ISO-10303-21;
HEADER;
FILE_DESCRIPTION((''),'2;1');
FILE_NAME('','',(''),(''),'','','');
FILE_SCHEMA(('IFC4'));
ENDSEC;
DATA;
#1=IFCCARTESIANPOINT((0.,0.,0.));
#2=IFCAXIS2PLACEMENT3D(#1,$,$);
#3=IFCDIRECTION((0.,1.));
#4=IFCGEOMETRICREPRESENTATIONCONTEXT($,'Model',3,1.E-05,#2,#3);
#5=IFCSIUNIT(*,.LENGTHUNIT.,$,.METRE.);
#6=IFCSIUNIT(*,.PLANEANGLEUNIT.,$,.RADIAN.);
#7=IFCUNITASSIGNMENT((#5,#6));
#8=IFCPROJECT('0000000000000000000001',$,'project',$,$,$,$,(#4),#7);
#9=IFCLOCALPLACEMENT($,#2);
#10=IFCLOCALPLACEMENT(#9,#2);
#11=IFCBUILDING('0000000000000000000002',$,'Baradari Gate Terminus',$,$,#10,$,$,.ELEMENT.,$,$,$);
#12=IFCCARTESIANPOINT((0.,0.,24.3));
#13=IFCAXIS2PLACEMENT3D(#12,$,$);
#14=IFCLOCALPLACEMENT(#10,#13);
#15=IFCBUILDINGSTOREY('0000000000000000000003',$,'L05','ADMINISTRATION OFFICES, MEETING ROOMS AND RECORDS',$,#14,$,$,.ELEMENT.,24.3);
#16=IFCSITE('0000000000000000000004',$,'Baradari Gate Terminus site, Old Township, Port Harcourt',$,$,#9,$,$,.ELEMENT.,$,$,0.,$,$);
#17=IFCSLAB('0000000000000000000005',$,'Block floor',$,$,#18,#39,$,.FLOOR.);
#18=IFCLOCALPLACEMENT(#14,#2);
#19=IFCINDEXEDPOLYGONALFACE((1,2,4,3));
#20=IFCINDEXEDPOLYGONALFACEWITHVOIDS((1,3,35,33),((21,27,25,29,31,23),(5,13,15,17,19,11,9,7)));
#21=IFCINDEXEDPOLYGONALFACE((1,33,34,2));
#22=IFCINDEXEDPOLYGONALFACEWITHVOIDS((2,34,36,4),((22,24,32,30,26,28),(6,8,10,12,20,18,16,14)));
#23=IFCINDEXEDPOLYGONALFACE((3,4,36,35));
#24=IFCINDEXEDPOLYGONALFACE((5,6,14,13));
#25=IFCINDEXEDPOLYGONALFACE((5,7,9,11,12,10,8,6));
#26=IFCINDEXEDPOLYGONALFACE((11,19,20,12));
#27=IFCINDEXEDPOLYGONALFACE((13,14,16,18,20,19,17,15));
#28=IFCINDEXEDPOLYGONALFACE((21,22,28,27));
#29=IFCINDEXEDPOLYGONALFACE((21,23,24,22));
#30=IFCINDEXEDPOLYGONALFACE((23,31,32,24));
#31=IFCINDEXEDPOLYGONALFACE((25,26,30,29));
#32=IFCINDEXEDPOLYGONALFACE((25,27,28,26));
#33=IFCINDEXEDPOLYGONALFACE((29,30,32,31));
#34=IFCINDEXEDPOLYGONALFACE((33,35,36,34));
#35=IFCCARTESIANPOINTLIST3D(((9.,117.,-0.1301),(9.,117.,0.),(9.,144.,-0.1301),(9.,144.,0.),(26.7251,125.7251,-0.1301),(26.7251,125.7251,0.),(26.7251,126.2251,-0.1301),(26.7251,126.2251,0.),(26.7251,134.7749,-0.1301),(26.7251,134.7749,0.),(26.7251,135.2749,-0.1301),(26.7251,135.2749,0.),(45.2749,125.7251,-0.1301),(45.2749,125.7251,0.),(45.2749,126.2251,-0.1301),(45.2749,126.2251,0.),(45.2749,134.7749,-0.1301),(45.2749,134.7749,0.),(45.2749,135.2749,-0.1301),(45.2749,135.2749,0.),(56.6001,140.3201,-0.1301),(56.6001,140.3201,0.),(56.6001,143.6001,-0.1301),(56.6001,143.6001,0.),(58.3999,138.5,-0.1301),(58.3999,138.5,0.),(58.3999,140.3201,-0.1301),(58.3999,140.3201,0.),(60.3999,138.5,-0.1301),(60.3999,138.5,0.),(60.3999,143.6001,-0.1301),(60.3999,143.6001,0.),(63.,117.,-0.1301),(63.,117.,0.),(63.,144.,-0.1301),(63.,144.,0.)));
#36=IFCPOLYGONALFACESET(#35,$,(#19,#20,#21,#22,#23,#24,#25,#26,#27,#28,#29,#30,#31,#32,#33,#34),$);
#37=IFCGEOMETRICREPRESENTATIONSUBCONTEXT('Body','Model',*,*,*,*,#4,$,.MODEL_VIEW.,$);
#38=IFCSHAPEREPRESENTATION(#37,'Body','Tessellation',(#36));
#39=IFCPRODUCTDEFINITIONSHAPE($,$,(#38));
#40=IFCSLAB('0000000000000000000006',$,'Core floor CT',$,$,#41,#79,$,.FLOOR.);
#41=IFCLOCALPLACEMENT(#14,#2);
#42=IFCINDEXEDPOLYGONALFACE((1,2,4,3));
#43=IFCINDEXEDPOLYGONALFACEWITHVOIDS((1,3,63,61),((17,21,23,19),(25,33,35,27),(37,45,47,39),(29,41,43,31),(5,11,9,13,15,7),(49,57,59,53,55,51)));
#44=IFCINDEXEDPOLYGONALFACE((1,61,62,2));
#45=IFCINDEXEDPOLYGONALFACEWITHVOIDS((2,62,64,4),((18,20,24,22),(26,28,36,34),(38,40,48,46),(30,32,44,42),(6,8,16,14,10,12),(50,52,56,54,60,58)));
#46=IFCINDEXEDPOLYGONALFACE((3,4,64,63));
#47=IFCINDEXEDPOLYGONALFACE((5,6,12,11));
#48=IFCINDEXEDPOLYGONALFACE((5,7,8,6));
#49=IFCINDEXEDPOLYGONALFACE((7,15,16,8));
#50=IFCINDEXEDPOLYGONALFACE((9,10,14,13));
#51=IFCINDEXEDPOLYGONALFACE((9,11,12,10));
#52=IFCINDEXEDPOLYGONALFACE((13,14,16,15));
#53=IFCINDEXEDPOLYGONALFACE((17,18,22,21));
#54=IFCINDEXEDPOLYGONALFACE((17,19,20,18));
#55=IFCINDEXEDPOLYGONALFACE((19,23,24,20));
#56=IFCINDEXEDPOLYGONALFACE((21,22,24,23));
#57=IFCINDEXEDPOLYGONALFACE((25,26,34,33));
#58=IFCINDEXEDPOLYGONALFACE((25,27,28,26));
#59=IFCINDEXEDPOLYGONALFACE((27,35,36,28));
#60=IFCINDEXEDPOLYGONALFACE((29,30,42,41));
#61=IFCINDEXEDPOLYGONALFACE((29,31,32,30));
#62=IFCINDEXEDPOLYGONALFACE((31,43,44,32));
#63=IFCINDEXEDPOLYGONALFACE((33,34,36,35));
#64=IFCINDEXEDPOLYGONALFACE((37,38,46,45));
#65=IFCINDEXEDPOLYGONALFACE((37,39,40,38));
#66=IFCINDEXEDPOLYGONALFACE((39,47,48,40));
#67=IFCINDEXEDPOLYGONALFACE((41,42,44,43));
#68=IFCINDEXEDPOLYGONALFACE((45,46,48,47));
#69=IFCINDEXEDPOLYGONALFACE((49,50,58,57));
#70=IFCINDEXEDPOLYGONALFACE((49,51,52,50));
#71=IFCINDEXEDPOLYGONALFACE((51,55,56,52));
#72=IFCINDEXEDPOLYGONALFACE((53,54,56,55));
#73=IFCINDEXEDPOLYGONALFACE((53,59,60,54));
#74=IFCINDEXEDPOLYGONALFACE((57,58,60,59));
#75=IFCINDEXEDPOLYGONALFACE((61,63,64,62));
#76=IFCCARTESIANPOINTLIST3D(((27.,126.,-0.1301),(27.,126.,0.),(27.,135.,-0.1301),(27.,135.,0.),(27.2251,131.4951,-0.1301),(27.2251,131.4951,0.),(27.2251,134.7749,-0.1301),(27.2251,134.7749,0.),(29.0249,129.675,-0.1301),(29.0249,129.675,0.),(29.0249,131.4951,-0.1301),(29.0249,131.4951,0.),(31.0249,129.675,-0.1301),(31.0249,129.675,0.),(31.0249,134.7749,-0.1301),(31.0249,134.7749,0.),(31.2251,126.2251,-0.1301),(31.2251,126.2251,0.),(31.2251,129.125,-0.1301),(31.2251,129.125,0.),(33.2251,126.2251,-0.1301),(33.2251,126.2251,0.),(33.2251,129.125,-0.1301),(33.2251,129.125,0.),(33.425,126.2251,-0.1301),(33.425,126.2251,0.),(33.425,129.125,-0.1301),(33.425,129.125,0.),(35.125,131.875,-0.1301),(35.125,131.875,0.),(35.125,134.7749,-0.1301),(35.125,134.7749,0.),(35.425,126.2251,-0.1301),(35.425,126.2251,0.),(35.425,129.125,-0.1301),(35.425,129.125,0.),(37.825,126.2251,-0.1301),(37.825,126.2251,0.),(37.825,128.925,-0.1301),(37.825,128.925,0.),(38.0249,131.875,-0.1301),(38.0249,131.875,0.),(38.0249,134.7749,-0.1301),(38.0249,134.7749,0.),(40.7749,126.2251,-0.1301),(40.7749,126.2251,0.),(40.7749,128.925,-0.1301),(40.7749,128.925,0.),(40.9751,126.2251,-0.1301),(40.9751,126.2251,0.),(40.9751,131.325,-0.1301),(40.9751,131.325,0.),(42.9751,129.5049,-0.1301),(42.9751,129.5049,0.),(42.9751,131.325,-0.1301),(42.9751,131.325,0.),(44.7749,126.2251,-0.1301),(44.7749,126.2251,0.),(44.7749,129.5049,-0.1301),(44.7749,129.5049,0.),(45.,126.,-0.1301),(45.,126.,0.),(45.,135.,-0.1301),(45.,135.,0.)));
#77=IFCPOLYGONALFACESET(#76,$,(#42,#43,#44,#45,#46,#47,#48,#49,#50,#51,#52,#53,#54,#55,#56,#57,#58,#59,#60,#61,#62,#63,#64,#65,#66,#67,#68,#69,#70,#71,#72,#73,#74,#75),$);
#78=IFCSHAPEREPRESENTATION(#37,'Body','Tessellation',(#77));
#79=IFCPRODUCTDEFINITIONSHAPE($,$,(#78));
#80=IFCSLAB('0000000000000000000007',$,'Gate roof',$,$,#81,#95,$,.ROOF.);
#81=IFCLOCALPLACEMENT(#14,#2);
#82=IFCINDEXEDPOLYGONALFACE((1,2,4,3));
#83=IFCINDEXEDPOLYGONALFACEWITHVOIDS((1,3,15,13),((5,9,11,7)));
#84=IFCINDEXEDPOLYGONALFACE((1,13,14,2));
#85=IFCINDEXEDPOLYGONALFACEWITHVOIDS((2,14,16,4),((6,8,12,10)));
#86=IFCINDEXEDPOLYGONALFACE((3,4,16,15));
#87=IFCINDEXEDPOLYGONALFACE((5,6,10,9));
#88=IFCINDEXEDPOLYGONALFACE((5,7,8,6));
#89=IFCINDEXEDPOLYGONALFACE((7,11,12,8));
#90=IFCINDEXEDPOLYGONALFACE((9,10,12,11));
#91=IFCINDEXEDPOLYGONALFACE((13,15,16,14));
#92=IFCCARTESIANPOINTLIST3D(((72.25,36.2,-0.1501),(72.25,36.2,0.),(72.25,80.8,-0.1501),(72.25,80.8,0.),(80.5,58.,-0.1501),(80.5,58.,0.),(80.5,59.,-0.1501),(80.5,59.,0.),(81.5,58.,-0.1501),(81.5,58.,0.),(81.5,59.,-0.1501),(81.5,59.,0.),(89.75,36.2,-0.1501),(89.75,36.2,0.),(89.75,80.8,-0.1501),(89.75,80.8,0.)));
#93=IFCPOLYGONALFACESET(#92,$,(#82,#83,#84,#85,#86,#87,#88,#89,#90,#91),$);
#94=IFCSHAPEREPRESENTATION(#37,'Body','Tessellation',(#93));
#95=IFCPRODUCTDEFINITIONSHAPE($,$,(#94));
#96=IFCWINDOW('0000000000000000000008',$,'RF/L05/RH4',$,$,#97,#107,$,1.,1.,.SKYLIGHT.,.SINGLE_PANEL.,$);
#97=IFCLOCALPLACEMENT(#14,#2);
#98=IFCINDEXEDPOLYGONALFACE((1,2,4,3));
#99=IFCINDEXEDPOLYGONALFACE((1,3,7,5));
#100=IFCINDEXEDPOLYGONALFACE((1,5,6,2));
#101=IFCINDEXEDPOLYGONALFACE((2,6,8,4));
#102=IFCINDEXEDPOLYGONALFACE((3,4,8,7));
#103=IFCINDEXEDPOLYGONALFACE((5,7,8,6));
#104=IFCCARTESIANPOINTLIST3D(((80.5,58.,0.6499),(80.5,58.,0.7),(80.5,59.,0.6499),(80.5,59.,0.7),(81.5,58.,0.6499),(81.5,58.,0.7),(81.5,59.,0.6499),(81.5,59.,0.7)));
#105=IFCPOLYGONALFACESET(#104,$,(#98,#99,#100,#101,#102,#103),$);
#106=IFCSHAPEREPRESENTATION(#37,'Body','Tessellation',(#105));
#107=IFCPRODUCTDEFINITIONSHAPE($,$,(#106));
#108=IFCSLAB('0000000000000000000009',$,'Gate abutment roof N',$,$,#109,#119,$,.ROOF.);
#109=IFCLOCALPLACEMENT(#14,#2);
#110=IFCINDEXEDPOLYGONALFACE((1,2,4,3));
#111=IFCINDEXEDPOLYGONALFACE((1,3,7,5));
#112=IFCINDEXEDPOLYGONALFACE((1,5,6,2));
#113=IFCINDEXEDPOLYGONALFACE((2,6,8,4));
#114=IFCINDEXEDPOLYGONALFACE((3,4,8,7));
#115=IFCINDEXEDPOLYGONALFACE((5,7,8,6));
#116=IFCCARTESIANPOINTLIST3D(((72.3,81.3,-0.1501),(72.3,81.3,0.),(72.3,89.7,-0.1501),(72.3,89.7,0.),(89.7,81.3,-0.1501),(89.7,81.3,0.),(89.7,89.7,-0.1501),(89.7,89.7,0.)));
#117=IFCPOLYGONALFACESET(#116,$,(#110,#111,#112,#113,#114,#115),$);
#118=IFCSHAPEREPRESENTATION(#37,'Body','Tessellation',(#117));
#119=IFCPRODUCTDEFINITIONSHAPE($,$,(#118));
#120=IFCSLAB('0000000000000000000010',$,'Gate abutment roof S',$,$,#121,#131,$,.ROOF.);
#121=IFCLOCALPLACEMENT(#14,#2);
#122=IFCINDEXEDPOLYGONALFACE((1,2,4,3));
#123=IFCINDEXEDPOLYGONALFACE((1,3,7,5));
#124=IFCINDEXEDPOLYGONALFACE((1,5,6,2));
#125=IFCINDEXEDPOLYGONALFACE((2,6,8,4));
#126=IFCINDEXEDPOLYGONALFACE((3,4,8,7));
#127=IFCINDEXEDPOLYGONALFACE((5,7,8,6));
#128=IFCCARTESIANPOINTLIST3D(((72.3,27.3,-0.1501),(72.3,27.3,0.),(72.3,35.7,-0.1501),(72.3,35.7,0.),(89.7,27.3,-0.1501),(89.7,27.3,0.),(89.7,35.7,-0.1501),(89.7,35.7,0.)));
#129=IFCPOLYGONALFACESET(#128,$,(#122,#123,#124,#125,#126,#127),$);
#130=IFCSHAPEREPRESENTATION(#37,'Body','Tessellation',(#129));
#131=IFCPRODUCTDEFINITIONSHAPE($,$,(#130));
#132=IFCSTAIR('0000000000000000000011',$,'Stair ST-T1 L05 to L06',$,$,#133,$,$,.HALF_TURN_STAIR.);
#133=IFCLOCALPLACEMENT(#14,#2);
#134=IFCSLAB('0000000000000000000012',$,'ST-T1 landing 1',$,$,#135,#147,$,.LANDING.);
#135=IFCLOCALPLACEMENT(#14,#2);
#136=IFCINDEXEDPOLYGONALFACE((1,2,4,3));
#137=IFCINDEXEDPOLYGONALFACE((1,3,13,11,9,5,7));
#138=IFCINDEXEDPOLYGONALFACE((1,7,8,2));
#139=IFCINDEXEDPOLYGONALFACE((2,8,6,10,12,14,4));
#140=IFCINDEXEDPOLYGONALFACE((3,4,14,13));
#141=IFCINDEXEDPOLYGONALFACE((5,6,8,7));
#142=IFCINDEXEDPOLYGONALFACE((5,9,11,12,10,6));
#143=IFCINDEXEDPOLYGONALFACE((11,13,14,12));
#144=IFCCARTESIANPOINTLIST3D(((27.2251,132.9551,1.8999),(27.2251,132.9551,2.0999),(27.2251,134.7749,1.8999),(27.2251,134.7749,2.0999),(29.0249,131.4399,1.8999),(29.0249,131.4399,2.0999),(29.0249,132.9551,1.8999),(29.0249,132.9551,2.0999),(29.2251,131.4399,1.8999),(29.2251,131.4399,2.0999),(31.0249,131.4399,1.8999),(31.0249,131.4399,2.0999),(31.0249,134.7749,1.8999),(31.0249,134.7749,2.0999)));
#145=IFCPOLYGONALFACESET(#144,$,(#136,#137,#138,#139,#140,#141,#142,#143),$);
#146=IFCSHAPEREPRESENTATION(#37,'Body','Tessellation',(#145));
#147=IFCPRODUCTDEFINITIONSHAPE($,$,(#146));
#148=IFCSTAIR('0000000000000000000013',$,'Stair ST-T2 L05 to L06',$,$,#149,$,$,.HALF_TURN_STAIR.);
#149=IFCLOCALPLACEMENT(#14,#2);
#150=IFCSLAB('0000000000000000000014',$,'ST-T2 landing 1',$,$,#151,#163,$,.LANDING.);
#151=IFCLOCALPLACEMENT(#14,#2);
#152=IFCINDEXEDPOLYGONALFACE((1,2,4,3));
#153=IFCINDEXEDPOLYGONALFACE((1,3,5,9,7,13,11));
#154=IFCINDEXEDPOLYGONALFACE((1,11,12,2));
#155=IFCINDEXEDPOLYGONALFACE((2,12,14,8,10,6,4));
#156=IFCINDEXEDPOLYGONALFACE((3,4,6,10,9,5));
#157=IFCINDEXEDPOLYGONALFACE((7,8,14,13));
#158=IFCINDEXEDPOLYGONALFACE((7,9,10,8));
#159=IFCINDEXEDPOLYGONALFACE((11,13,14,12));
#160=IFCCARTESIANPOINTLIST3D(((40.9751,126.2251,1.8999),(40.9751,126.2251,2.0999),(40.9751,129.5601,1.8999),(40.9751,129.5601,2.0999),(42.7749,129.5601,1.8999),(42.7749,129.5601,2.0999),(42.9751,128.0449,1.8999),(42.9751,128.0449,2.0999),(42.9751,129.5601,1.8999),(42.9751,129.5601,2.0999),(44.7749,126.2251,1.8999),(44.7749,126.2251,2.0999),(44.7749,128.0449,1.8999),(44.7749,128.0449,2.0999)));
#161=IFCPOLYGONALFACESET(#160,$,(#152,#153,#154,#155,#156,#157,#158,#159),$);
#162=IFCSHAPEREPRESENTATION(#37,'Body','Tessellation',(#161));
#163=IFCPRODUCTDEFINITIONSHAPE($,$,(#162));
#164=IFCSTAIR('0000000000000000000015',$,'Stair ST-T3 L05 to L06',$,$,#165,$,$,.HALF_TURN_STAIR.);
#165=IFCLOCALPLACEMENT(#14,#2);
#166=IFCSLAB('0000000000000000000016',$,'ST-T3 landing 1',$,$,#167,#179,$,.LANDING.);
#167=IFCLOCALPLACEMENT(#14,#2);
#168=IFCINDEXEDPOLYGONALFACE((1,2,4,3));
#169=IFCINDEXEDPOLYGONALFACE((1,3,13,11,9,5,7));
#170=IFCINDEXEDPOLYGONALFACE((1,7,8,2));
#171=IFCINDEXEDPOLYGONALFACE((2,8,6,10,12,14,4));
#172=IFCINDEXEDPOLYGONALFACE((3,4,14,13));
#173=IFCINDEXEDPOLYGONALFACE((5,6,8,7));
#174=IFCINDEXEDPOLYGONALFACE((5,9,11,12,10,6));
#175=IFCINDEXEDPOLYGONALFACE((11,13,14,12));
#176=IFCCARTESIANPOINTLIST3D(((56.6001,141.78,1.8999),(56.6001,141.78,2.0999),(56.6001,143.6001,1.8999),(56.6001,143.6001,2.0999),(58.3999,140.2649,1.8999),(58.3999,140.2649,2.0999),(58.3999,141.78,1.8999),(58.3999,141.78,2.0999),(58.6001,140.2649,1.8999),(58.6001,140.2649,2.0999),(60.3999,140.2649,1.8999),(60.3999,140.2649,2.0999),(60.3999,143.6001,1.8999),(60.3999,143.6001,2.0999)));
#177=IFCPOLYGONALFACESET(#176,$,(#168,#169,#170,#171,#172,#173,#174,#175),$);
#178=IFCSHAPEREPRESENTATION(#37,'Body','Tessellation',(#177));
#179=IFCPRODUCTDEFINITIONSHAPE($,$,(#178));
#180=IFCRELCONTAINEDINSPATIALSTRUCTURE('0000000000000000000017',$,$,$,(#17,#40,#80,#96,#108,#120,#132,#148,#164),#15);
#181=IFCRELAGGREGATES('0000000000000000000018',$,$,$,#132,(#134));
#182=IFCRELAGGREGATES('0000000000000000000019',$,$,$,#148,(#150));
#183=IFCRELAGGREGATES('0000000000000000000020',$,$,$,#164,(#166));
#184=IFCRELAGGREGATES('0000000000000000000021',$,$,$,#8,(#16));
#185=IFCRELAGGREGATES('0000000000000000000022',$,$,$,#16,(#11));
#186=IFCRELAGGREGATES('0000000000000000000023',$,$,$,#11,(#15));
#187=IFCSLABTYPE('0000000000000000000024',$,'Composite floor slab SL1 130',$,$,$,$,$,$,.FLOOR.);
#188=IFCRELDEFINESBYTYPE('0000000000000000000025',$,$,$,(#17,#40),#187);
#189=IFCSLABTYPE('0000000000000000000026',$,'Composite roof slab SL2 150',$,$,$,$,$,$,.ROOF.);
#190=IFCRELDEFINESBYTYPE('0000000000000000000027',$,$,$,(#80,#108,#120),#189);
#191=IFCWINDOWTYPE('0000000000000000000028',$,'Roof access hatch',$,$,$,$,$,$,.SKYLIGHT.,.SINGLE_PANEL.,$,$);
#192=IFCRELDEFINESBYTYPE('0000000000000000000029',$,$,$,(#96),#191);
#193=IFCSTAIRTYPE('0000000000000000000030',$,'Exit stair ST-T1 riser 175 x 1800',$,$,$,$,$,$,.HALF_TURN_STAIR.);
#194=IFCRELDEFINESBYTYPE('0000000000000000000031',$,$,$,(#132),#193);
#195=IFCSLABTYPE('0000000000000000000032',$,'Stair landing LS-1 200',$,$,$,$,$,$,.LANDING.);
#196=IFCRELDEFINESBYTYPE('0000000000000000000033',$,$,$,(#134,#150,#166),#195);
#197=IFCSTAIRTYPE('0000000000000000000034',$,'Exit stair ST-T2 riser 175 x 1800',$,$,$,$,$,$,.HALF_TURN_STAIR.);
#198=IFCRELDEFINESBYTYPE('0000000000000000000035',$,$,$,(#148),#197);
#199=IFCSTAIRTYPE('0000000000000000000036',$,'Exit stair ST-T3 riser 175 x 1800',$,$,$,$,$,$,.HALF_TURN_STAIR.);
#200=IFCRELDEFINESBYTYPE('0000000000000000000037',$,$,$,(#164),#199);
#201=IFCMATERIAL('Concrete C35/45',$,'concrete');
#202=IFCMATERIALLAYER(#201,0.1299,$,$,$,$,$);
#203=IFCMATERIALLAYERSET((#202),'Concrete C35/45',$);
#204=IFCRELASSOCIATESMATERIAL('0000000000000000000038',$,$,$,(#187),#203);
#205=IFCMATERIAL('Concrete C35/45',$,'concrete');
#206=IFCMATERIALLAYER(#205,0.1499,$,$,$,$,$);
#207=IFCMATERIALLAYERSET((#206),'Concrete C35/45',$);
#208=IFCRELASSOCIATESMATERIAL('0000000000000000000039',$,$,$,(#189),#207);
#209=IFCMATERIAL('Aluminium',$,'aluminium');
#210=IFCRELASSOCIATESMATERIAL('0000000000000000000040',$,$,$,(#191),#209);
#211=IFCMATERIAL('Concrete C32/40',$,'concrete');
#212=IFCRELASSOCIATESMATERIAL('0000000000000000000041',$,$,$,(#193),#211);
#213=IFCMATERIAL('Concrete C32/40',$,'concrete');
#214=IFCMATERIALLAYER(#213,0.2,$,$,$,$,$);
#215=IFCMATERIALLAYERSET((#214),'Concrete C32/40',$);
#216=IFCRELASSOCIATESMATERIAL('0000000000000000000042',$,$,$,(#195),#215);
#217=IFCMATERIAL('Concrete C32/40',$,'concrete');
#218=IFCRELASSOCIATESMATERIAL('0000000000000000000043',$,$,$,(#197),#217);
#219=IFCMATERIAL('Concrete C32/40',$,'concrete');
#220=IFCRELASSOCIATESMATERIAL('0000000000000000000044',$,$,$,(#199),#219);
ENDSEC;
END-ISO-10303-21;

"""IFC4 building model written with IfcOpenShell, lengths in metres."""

from ifc_helpers import new_model, si_unit, direction, frame, origin, origin_2d, place, context, subcontext, project, spatial, polyline, rectangle, outline, extrude, material, layer, layer_set, type_object, element, fill, aggregate, save


model = new_model("IFC4")

# Units and contexts
model_context = context("Model", 3, precision=1e-05, world=origin(), true_north=direction((0.0, 1.0)))
body_context = subcontext(model_context, "Body", "Model", "MODEL_VIEW")
ifc_project = project(units=[si_unit("LENGTHUNIT", "METRE"), si_unit("PLANEANGLEUNIT", "RADIAN")], contexts=[model_context])

# Site, building, storey
site_placement = place(None, origin())
site = spatial("IfcSite", under=ifc_project, at=site_placement, Name="Baradari Gate Terminus site, Old Township, Port Harcourt", CompositionType="ELEMENT", RefElevation=0.0)
building_placement = place(site_placement, origin())
building = spatial("IfcBuilding", under=site, at=building_placement, Name="Baradari Gate Terminus", CompositionType="ELEMENT")
storey_placement = place(building_placement, frame((0.0, 0.0, 24.3)))
storey = spatial("IfcBuildingStorey", under=building, at=storey_placement, Name="L05", Description="ADMINISTRATION OFFICES, MEETING ROOMS AND RECORDS", CompositionType="ELEMENT", Elevation=24.3)

# Slabs
ifc_material_1 = material(Name="Concrete C35/45", Category="concrete")
ifc_layer_1 = layer(ifc_material_1, 0.1299)
ifc_layer_set_1 = layer_set([ifc_layer_1], Name="Concrete C35/45")
slab_type_1 = type_object("IfcSlabType", Name="Composite floor slab SL1 130", PredefinedType="FLOOR", material=ifc_layer_set_1)
slab_1_placement = place(storey_placement, frame((0.0, 0.0, -0.1301)))
element("IfcSlab", 1, at=slab_1_placement, inside=storey, type_object=slab_type_1, Name="Block floor", PredefinedType="FLOOR", context=body_context, shape_type="SweptSolid", body=[
    extrude(outline(polyline([(63.0, 117.0), (63.0, 144.0), (9.0, 144.0), (9.0, 117.0), (63.0, 117.0)]), holes=[polyline([(56.6001, 143.6001), (56.6001, 140.3201), (58.3999, 140.3201), (58.3999, 138.5), (60.3999, 138.5), (60.3999, 143.6001), (56.6001, 143.6001)]), polyline([(26.7251, 125.7251), (45.2749, 125.7251), (45.2749, 126.2251), (45.2749, 134.7749), (45.2749, 135.2749), (26.7251, 135.2749), (26.7251, 134.7749), (26.7251, 126.2251), (26.7251, 125.7251)])]), origin(), (0.0, 0.0, 1.0), 0.1301),
])
slab_2_placement = place(storey_placement, frame((0.0, 0.0, -0.1301)))
element("IfcSlab", 2, at=slab_2_placement, inside=storey, type_object=slab_type_1, Name="Core floor CT", PredefinedType="FLOOR", context=body_context, shape_type="SweptSolid", body=[
    extrude(outline(polyline([(27.0, 135.0), (27.0, 126.0), (45.0, 126.0), (45.0, 135.0), (27.0, 135.0)]), holes=[polyline([(44.7749, 126.2251), (44.7749, 129.5049), (42.9751, 129.5049), (42.9751, 131.325), (40.9751, 131.325), (40.9751, 126.2251), (44.7749, 126.2251)]), polyline([(40.7749, 128.925), (37.825, 128.925), (37.825, 126.2251), (40.7749, 126.2251), (40.7749, 128.925)]), polyline([(38.0249, 131.875), (38.0249, 134.7749), (35.125, 134.7749), (35.125, 131.875), (38.0249, 131.875)]), polyline([(35.425, 129.125), (33.425, 129.125), (33.425, 126.2251), (35.425, 126.2251), (35.425, 129.125)]), polyline([(31.2251, 129.125), (31.2251, 126.2251), (33.2251, 126.2251), (33.2251, 129.125), (31.2251, 129.125)]), polyline([(27.2251, 134.7749), (27.2251, 131.4951), (29.0249, 131.4951), (29.0249, 129.675), (31.0249, 129.675), (31.0249, 134.7749), (27.2251, 134.7749)])]), origin(), (0.0, 0.0, 1.0), 0.1301),
])

# Slab, opening, window
ifc_material_2 = material(Name="Concrete C35/45", Category="concrete")
ifc_layer_2 = layer(ifc_material_2, 0.1499)
ifc_layer_set_2 = layer_set([ifc_layer_2], Name="Concrete C35/45")
slab_type_2 = type_object("IfcSlabType", Name="Composite roof slab SL2 150", PredefinedType="ROOF", material=ifc_layer_set_2)
slab_3_placement = place(storey_placement, frame((0.0, 0.0, -0.1501)))
slab_3 = element("IfcSlab", 3, at=slab_3_placement, inside=storey, type_object=slab_type_2, Name="Gate roof", PredefinedType="ROOF", context=body_context, shape_type="SweptSolid", body=[
    extrude(outline(polyline([(72.25, 80.8), (72.25, 36.2), (89.75, 36.2), (89.75, 80.8), (72.25, 80.8)])), origin(), (0.0, 0.0, 1.0), 0.1501),
])
opening_placement = place(slab_3_placement, frame((81.0, 58.5, 0.0)))
opening = element("IfcOpeningElement", 4, at=opening_placement, cuts=slab_3, PredefinedType="OPENING", context=body_context, shape_type="SweptSolid", body=[
    extrude(rectangle(XDim=1.0, YDim=1.0, at=origin_2d()), frame((0.0, 0.0, -0.01)), (0.0, 0.0, 1.0), 0.8701),
])
ifc_material_3 = material(Name="Aluminium", Category="aluminium")
window_type = type_object("IfcWindowType", Name="Roof access hatch", PartitioningType="SINGLE_PANEL", PredefinedType="SKYLIGHT", material=ifc_material_3)
window_placement = place(opening_placement, frame((0.0, 0.0, 0.8)))
window = element("IfcWindow", 5, at=window_placement, inside=storey, type_object=window_type, Name="RF/L05/RH4", OverallHeight=1.0, OverallWidth=1.0, PartitioningType="SINGLE_PANEL", PredefinedType="SKYLIGHT", context=body_context, shape_type="SweptSolid", body=[
    extrude(rectangle(XDim=1.0, YDim=1.0, at=origin_2d()), origin(), (0.0, 0.0, 1.0), 0.05),
])
fill(opening, window)

# Slabs
slab_4_placement = place(storey_placement, frame((0.0, 0.0, -0.1501)))
element("IfcSlab", 6, at=slab_4_placement, inside=storey, type_object=slab_type_2, Name="Gate abutment roof N", PredefinedType="ROOF", context=body_context, shape_type="SweptSolid", body=[
    extrude(outline(polyline([(89.7, 89.7), (72.3, 89.7), (72.3, 81.3), (89.7, 81.3), (89.7, 89.7)])), origin(), (0.0, 0.0, 1.0), 0.1501),
])
slab_5_placement = place(storey_placement, frame((0.0, 0.0, -0.1501)))
element("IfcSlab", 7, at=slab_5_placement, inside=storey, type_object=slab_type_2, Name="Gate abutment roof S", PredefinedType="ROOF", context=body_context, shape_type="SweptSolid", body=[
    extrude(outline(polyline([(72.3, 35.7), (72.3, 27.3), (89.7, 27.3), (89.7, 35.7), (72.3, 35.7)])), origin(), (0.0, 0.0, 1.0), 0.1501),
])

# Stairs, slabs
ifc_material_4 = material(Name="Concrete C32/40", Category="concrete")
stair_type_1 = type_object("IfcStairType", Name="Exit stair ST-T1 riser 175 x 1800", PredefinedType="HALF_TURN_STAIR", material=ifc_material_4)
stair_1_placement = place(storey_placement, origin())
stair_1 = element("IfcStair", 8, at=stair_1_placement, inside=storey, type_object=stair_type_1, Name="Stair ST-T1 L05 to L06", PredefinedType="HALF_TURN_STAIR")
ifc_material_5 = material(Name="Concrete C32/40", Category="concrete")
ifc_layer_3 = layer(ifc_material_5, 0.2)
ifc_layer_set_3 = layer_set([ifc_layer_3], Name="Concrete C32/40")
slab_type_3 = type_object("IfcSlabType", Name="Stair landing LS-1 200", PredefinedType="LANDING", material=ifc_layer_set_3)
slab_6_placement = place(storey_placement, frame((0.0, 0.0, 1.8999)))
slab_6 = element("IfcSlab", 9, at=slab_6_placement, type_object=slab_type_3, Name="ST-T1 landing 1", PredefinedType="LANDING", context=body_context, shape_type="SweptSolid", body=[
    extrude(outline(polyline([(27.2251, 134.7749), (27.2251, 132.9551), (29.0249, 132.9551), (29.0249, 131.4399), (29.2251, 131.4399), (31.0249, 131.4399), (31.0249, 134.7749), (27.2251, 134.7749)])), origin(), (0.0, 0.0, 1.0), 0.2),
])
aggregate(stair_1, [slab_6])
ifc_material_6 = material(Name="Concrete C32/40", Category="concrete")
stair_type_2 = type_object("IfcStairType", Name="Exit stair ST-T2 riser 175 x 1800", PredefinedType="HALF_TURN_STAIR", material=ifc_material_6)
stair_2_placement = place(storey_placement, origin())
stair_2 = element("IfcStair", 10, at=stair_2_placement, inside=storey, type_object=stair_type_2, Name="Stair ST-T2 L05 to L06", PredefinedType="HALF_TURN_STAIR")
slab_7_placement = place(storey_placement, frame((0.0, 0.0, 1.8999)))
slab_7 = element("IfcSlab", 11, at=slab_7_placement, type_object=slab_type_3, Name="ST-T2 landing 1", PredefinedType="LANDING", context=body_context, shape_type="SweptSolid", body=[
    extrude(outline(polyline([(44.7749, 126.2251), (44.7749, 128.0449), (42.9751, 128.0449), (42.9751, 129.5601), (42.7749, 129.5601), (40.9751, 129.5601), (40.9751, 126.2251), (44.7749, 126.2251)])), origin(), (0.0, 0.0, 1.0), 0.2),
])
aggregate(stair_2, [slab_7])
ifc_material_7 = material(Name="Concrete C32/40", Category="concrete")
stair_type_3 = type_object("IfcStairType", Name="Exit stair ST-T3 riser 175 x 1800", PredefinedType="HALF_TURN_STAIR", material=ifc_material_7)
stair_3_placement = place(storey_placement, origin())
stair_3 = element("IfcStair", 12, at=stair_3_placement, inside=storey, type_object=stair_type_3, Name="Stair ST-T3 L05 to L06", PredefinedType="HALF_TURN_STAIR")
slab_8_placement = place(storey_placement, frame((0.0, 0.0, 1.8999)))
slab_8 = element("IfcSlab", 13, at=slab_8_placement, type_object=slab_type_3, Name="ST-T3 landing 1", PredefinedType="LANDING", context=body_context, shape_type="SweptSolid", body=[
    extrude(outline(polyline([(56.6001, 143.6001), (56.6001, 141.78), (58.3999, 141.78), (58.3999, 140.2649), (58.6001, 140.2649), (60.3999, 140.2649), (60.3999, 143.6001), (56.6001, 143.6001)])), origin(), (0.0, 0.0, 1.0), 0.2),
])
aggregate(stair_3, [slab_8])

save(model, "model.ifc")
